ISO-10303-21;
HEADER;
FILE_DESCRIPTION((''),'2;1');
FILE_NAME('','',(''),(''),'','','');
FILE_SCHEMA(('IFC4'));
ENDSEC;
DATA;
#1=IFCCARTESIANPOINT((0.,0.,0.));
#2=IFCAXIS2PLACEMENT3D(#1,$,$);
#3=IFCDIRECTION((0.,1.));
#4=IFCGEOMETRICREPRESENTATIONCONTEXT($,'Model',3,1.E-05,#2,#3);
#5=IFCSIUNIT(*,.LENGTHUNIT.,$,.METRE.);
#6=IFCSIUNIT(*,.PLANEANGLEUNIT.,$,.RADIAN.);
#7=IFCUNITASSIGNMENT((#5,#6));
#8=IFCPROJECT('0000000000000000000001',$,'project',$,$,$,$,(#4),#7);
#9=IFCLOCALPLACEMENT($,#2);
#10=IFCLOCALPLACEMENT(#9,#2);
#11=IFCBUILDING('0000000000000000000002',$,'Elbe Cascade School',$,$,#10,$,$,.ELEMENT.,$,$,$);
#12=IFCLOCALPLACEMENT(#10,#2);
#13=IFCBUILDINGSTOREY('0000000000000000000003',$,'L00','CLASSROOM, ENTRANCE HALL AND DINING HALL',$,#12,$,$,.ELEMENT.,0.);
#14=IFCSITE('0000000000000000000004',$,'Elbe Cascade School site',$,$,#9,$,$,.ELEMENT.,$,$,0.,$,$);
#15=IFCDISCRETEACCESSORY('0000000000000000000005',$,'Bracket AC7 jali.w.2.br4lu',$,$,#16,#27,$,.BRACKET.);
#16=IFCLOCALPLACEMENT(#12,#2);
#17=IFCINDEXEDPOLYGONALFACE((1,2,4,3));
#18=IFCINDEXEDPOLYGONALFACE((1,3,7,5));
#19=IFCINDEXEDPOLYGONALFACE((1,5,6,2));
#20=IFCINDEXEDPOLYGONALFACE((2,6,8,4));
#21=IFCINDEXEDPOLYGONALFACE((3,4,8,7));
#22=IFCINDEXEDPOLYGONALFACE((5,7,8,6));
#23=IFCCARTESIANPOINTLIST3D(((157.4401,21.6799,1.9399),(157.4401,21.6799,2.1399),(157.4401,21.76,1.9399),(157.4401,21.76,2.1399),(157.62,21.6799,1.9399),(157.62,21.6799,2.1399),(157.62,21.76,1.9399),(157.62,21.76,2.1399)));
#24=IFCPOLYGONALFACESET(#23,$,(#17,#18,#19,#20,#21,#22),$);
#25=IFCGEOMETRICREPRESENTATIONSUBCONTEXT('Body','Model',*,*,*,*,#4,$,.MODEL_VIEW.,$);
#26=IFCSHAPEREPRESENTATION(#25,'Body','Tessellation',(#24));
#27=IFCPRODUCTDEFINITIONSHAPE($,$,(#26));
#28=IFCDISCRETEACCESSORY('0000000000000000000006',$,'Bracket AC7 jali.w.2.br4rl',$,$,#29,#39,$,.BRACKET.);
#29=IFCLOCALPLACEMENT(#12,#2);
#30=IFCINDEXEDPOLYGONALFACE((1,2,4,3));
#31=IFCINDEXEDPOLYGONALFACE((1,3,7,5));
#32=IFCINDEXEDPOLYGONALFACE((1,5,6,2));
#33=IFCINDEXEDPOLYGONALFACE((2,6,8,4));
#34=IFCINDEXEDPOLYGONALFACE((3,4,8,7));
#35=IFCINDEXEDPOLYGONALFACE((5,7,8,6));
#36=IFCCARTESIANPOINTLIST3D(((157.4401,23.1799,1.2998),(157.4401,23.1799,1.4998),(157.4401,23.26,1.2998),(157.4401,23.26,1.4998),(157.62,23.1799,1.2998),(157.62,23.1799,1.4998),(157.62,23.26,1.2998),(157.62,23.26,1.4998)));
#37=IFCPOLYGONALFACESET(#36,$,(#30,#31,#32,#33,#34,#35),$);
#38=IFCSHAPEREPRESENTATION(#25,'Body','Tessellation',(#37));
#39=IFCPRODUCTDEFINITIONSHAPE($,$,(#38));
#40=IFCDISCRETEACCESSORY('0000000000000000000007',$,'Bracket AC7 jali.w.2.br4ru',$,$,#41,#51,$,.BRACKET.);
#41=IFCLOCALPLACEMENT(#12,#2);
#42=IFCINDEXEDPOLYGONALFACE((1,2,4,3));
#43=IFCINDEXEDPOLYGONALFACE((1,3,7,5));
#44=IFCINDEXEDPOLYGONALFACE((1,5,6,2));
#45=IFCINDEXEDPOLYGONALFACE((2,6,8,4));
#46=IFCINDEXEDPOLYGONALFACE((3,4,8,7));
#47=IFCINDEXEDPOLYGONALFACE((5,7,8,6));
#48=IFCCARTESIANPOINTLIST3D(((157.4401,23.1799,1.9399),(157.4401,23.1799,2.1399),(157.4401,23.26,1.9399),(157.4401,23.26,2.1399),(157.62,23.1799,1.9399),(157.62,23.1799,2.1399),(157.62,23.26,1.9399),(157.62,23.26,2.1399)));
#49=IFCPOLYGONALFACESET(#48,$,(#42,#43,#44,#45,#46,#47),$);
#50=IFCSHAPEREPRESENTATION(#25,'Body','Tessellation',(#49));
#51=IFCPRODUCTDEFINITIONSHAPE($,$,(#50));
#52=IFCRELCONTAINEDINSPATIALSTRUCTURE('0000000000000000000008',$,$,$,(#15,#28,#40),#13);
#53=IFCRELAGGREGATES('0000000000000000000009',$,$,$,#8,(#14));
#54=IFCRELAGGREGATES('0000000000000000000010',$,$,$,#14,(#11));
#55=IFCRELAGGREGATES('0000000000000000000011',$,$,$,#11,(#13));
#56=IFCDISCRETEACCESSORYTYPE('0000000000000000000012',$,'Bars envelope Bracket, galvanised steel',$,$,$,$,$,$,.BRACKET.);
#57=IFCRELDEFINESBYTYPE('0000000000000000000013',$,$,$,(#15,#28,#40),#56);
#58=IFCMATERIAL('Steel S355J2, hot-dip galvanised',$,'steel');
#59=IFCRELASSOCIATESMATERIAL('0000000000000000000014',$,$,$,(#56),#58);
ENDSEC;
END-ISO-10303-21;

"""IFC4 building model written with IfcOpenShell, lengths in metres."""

from ifc_helpers import new_model, si_unit, direction, frame, origin, origin_2d, place, context, subcontext, project, spatial, rectangle, extrude, material, type_object, element, save


model = new_model("IFC4")

# Units and contexts
model_context = context("Model", 3, precision=1e-05, world=origin(), true_north=direction((0.0, 1.0)))
body_context = subcontext(model_context, "Body", "Model", "MODEL_VIEW")
ifc_project = project(units=[si_unit("LENGTHUNIT", "METRE"), si_unit("PLANEANGLEUNIT", "RADIAN")], contexts=[model_context])

# Site, building, storey
site_placement = place(None, origin())
site = spatial("IfcSite", under=ifc_project, at=site_placement, Name="Elbe Cascade School site", CompositionType="ELEMENT", RefElevation=0.0)
building_placement = place(site_placement, origin())
building = spatial("IfcBuilding", under=site, at=building_placement, Name="Elbe Cascade School", CompositionType="ELEMENT")
storey_placement = place(building_placement, origin())
storey = spatial("IfcBuildingStorey", under=building, at=storey_placement, Name="L00", Description="CLASSROOM, ENTRANCE HALL AND DINING HALL", CompositionType="ELEMENT", Elevation=0.0)

# Discrete accessories
ifc_material_1 = material(Name="Steel S355J2, hot-dip galvanised", Category="steel")
discrete_accessory_type = type_object("IfcDiscreteAccessoryType", Name="Bars envelope Bracket, galvanised steel", PredefinedType="BRACKET", material=ifc_material_1)
for number, where, z_axis, x_axis, name in (
    (1, (157.53, 21.72, 1.9399), (0.0, 0.0, 1.0), (0.0, 1.0, 0.0), "Bracket AC7 jali.w.2.br4lu"),
    (2, (157.53, 23.22, 1.2998), (0.0, 0.0, 1.0), (0.0, 1.0, 0.0), "Bracket AC7 jali.w.2.br4rl"),
    (3, (157.53, 23.22, 1.9399), (0.0, 0.0, 1.0), (0.0, 1.0, 0.0), "Bracket AC7 jali.w.2.br4ru"),
):
    element("IfcDiscreteAccessory", number, at=place(storey_placement, frame(where, z_axis=z_axis, x_axis=x_axis)), inside=storey, type_object=discrete_accessory_type, Name=name, PredefinedType="BRACKET", context=body_context, shape_type="SweptSolid", body=[
        extrude(rectangle(XDim=0.0801, YDim=0.1799, at=origin_2d()), origin(), (0.0, 0.0, 1.0), 0.2),
    ])

save(model, "model.ifc")
